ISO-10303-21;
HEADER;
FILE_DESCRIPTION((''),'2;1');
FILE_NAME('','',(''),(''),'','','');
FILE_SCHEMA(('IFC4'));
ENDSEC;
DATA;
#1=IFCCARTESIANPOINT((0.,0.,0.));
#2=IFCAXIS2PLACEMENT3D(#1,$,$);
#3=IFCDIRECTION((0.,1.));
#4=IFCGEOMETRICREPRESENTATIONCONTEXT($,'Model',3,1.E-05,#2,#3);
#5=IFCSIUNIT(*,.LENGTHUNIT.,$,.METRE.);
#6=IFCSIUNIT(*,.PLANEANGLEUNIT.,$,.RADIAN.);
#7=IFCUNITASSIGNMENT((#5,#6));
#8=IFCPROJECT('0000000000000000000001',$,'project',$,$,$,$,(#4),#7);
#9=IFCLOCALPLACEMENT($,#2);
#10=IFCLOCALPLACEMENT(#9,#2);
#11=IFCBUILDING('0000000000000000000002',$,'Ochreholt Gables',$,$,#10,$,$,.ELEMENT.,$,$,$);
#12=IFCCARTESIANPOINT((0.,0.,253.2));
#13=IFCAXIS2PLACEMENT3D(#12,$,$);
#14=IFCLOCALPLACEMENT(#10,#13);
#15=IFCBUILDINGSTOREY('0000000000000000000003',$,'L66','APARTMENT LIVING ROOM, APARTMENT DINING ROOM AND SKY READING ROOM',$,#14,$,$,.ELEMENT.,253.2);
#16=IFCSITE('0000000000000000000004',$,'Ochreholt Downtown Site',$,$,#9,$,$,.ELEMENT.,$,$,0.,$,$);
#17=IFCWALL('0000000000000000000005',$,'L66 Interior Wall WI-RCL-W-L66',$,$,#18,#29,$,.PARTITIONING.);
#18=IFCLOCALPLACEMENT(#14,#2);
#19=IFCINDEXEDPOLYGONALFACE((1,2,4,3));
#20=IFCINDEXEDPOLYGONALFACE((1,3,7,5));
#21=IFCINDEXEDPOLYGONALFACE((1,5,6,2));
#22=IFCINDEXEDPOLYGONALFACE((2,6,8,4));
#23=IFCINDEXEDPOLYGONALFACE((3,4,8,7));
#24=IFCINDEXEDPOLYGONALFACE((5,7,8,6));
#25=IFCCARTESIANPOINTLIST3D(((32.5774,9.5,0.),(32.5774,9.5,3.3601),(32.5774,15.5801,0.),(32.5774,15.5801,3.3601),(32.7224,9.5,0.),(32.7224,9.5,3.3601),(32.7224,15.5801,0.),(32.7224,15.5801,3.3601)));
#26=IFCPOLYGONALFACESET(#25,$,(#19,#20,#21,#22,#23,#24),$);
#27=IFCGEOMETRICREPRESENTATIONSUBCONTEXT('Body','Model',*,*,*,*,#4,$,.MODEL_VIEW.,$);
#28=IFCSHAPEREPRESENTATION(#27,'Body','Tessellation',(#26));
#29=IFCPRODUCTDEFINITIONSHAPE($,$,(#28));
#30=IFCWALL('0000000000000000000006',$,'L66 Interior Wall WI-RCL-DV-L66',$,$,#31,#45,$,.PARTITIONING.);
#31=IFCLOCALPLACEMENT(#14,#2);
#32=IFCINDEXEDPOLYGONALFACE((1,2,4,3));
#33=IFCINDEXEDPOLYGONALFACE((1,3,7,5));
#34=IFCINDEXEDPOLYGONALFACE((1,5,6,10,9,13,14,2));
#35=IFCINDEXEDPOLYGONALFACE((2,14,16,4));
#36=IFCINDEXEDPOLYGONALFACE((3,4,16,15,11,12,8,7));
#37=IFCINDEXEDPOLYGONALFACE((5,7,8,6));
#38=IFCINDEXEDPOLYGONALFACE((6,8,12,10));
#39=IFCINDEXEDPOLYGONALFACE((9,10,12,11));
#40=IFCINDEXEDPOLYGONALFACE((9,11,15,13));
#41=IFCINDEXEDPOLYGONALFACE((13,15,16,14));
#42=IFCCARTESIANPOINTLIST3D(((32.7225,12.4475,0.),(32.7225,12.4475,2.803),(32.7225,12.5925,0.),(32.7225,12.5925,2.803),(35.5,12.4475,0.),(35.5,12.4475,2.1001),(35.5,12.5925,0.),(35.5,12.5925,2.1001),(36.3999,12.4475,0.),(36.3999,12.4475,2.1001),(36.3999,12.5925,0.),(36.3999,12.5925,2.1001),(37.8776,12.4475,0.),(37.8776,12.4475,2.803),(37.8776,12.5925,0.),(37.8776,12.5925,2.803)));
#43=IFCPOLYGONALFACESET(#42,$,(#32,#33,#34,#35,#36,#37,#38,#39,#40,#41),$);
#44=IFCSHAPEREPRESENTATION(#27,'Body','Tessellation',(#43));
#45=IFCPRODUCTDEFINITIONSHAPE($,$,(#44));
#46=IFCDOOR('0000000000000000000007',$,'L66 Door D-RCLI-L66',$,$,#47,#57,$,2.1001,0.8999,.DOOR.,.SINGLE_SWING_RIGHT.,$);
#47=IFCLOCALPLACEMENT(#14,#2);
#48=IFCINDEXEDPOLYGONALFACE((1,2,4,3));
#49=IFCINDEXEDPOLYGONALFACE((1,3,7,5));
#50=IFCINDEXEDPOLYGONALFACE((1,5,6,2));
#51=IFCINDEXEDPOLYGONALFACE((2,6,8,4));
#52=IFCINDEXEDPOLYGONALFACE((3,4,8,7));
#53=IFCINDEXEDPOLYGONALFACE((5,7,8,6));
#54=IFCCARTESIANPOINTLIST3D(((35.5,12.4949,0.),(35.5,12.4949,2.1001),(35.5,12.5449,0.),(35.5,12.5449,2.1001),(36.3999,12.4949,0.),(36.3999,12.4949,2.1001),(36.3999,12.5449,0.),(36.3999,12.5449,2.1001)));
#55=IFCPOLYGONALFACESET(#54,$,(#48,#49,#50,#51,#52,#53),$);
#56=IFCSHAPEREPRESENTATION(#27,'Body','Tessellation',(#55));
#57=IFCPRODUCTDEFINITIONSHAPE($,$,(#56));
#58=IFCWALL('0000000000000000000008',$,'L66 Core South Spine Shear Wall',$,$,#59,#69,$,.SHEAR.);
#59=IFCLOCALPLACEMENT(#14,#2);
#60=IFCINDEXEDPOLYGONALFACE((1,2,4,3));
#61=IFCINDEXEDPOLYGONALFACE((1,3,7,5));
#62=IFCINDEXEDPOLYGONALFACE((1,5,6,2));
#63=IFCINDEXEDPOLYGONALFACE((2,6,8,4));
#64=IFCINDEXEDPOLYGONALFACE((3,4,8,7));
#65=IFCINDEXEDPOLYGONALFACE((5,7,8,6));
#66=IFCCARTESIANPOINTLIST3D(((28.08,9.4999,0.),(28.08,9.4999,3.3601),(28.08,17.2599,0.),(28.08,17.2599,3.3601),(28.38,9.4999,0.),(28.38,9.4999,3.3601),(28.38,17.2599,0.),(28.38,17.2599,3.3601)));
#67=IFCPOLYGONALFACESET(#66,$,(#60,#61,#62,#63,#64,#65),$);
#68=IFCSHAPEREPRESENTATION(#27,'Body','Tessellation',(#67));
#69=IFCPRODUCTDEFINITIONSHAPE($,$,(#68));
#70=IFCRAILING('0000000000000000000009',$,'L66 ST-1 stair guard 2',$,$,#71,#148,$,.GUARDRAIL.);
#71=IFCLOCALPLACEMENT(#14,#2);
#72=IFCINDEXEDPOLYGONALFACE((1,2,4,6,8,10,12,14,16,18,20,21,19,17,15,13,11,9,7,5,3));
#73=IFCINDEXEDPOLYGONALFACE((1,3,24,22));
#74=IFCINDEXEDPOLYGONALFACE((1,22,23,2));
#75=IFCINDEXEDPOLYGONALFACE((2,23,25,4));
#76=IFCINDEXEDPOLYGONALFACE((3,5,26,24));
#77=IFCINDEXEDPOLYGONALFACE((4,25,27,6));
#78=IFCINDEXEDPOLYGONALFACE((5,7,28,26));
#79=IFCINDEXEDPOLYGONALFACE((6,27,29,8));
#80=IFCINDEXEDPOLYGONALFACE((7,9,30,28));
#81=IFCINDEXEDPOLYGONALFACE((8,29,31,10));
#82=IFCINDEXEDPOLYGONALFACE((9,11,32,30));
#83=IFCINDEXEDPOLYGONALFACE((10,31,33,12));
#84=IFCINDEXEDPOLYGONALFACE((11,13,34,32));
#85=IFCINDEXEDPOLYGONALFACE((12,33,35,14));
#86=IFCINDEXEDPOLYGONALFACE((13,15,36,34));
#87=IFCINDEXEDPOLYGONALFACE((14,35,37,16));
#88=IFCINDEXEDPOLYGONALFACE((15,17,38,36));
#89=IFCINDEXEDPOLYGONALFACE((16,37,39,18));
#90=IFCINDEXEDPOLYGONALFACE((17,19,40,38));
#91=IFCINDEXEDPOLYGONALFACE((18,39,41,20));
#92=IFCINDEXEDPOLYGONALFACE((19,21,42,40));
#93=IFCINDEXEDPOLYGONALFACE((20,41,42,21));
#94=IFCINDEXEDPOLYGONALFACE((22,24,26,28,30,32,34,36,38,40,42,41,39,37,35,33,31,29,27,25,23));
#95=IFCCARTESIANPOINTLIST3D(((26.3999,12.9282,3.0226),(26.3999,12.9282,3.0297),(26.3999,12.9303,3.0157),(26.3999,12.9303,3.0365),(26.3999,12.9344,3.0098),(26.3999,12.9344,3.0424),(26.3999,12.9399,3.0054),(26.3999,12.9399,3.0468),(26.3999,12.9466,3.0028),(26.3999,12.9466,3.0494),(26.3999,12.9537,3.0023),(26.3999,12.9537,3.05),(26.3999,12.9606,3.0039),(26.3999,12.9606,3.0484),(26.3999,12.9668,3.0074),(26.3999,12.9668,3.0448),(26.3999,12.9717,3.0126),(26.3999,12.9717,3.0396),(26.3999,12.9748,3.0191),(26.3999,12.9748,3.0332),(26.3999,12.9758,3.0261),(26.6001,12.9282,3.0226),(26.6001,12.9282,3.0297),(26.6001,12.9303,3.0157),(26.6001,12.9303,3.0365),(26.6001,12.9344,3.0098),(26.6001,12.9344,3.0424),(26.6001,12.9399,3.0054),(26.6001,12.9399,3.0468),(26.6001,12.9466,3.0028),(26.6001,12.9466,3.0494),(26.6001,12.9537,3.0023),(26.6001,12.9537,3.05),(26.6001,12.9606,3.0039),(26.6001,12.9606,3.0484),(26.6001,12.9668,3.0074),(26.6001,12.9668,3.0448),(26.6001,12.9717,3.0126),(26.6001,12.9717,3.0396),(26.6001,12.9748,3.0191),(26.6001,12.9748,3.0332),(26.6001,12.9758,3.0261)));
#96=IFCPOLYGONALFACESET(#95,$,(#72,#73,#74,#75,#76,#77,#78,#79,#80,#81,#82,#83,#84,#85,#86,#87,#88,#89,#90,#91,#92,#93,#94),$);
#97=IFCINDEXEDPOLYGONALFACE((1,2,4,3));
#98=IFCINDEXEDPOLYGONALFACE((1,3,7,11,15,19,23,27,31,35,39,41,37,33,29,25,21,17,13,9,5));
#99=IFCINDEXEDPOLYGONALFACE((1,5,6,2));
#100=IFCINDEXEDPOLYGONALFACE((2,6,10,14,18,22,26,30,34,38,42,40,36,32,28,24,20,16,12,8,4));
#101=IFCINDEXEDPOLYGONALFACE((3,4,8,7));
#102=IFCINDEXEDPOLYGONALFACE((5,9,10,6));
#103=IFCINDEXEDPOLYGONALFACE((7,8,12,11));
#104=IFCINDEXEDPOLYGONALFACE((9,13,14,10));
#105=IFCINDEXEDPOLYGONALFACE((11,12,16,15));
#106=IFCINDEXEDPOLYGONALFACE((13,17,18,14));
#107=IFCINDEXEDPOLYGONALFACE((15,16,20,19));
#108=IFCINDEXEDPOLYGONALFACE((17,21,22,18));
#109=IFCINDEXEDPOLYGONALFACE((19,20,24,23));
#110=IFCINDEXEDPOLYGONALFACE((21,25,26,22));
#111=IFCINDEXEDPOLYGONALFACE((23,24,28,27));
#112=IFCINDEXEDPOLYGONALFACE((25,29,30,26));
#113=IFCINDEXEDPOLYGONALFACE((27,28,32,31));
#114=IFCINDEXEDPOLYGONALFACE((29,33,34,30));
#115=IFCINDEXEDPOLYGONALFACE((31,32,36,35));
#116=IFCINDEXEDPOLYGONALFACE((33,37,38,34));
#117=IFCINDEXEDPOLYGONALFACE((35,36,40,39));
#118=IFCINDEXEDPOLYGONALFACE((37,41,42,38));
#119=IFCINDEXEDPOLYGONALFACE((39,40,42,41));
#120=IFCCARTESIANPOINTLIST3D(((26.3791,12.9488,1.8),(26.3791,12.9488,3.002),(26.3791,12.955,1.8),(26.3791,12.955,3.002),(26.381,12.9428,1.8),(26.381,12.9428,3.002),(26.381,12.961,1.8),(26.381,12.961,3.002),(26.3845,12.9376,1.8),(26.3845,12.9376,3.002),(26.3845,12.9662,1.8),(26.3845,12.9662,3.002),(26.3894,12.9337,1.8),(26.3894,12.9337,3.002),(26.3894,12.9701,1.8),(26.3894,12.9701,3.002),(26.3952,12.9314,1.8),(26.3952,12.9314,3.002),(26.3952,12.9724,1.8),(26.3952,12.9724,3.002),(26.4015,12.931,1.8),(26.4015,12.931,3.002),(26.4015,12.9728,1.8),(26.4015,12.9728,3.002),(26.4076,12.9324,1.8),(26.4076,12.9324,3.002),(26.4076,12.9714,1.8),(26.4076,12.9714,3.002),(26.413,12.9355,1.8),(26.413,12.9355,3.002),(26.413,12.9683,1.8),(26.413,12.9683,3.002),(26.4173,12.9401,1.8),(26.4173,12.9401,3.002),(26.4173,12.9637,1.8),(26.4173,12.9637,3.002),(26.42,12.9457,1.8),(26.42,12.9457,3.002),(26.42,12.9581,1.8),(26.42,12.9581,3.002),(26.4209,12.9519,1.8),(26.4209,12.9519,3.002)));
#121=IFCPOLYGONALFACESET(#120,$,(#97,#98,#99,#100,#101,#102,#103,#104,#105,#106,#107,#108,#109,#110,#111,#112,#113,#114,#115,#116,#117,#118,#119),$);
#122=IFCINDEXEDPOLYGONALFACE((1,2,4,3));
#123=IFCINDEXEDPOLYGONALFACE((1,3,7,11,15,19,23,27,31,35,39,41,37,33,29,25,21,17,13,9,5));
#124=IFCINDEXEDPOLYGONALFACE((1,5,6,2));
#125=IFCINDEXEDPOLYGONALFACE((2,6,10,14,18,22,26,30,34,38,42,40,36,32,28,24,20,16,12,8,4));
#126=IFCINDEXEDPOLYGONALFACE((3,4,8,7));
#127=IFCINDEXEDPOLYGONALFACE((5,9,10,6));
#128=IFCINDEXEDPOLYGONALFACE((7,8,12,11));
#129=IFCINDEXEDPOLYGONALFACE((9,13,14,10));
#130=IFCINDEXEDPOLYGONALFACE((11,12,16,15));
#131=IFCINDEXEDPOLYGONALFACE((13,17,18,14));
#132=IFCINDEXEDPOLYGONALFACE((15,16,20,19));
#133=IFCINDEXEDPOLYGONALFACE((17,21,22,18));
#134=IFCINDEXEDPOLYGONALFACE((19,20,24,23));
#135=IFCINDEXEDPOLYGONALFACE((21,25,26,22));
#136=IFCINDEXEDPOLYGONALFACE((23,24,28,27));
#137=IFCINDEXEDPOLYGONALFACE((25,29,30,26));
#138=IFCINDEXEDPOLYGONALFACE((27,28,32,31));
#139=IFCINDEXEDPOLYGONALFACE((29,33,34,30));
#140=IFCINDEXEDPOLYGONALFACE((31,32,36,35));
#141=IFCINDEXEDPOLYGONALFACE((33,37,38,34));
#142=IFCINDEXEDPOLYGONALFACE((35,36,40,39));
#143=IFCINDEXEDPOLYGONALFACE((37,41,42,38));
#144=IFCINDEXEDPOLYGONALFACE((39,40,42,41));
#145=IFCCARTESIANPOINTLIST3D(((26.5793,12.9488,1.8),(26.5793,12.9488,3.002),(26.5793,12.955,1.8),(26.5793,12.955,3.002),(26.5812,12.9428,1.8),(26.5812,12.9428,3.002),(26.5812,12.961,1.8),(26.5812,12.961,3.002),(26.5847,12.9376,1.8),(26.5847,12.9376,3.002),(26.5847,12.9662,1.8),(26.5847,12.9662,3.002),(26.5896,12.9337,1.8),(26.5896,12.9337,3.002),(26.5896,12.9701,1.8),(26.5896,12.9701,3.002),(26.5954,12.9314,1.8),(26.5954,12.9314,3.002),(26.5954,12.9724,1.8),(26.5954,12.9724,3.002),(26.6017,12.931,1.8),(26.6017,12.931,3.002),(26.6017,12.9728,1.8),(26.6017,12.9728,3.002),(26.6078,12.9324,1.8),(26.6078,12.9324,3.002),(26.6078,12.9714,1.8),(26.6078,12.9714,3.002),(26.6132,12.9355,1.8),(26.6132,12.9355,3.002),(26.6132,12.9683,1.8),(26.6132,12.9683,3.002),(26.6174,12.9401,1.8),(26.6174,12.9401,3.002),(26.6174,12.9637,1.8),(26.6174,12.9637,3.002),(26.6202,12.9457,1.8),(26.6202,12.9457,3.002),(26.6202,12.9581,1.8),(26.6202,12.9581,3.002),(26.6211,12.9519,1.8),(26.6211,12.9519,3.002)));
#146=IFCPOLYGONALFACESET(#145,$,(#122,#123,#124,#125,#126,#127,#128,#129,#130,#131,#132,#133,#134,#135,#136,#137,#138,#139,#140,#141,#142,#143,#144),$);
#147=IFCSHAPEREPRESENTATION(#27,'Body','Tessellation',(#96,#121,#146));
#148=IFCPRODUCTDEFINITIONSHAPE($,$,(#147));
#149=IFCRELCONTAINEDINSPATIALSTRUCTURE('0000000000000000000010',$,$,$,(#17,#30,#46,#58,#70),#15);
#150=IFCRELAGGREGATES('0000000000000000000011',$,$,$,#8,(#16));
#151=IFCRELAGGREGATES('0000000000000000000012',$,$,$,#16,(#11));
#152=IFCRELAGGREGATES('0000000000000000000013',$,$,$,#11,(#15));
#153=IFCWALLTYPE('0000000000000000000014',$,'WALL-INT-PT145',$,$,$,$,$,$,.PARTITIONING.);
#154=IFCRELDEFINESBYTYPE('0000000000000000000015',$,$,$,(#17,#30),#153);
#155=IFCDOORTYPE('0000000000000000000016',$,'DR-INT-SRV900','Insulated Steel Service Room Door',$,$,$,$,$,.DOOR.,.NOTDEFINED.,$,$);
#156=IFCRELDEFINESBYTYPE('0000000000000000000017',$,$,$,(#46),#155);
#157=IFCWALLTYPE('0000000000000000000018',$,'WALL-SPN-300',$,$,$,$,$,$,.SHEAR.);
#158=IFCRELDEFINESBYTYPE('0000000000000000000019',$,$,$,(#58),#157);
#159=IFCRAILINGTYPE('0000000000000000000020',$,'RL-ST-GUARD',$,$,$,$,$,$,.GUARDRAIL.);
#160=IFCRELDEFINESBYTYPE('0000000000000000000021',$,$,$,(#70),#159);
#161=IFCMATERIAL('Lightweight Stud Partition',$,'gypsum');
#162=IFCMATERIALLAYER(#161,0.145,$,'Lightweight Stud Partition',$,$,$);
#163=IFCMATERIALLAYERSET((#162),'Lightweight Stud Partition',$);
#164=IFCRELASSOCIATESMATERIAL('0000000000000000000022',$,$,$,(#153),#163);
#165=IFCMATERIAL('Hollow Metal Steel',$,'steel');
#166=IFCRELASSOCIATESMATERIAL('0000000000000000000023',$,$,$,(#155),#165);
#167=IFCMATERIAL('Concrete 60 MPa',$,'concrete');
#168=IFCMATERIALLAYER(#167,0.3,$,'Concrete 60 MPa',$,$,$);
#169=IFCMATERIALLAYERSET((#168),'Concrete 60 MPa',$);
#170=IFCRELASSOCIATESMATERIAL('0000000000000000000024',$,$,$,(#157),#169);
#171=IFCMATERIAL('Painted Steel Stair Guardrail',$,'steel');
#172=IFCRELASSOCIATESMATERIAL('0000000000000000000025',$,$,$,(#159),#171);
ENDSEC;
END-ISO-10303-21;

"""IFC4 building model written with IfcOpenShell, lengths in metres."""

from ifc_helpers import new_model, si_unit, direction, frame, frame_2d, origin, origin_2d, place, context, subcontext, project, spatial, rectangle, circle, extrude, material, layer, layer_set, type_object, element, fill, save


model = new_model("IFC4")

# Units and contexts
model_context = context("Model", 3, precision=1e-05, world=origin(), true_north=direction((0.0, 1.0)))
body_context = subcontext(model_context, "Body", "Model", "MODEL_VIEW")
ifc_project = project(units=[si_unit("LENGTHUNIT", "METRE"), si_unit("PLANEANGLEUNIT", "RADIAN")], contexts=[model_context])

# Site, building, storey
site_placement = place(None, origin())
site = spatial("IfcSite", under=ifc_project, at=site_placement, Name="Ochreholt Downtown Site", CompositionType="ELEMENT", RefElevation=0.0)
building_placement = place(site_placement, origin())
building = spatial("IfcBuilding", under=site, at=building_placement, Name="Ochreholt Gables", CompositionType="ELEMENT")
storey_placement = place(building_placement, frame((0.0, 0.0, 253.2)))
storey = spatial("IfcBuildingStorey", under=building, at=storey_placement, Name="L66", Description="APARTMENT LIVING ROOM, APARTMENT DINING ROOM AND SKY READING ROOM", CompositionType="ELEMENT", Elevation=253.2)

# Wall
ifc_material_1 = material(Name="Lightweight Stud Partition", Category="gypsum")
ifc_layer_1 = layer(ifc_material_1, 0.145, Name="Lightweight Stud Partition")
ifc_layer_set_1 = layer_set([ifc_layer_1], Name="Lightweight Stud Partition")
wall_type_1 = type_object("IfcWallType", Name="WALL-INT-PT145", PredefinedType="PARTITIONING", material=ifc_layer_set_1)
wall_1_placement = place(storey_placement, frame((32.6499, 9.5, 0.0), z_axis=(0.0, 0.0, 1.0), x_axis=(0.0, 1.0, 0.0)))
element("IfcWall", 1, at=wall_1_placement, inside=storey, type_object=wall_type_1, Name="L66 Interior Wall WI-RCL-W-L66", PredefinedType="PARTITIONING", context=body_context, shape_type="SweptSolid", body=[
    extrude(rectangle(XDim=6.0801, YDim=0.145, at=frame_2d((3.04, 0.0))), origin(), (0.0, 0.0, 1.0), 3.3601),
])

# Wall, opening, door
wall_2_placement = place(storey_placement, frame((32.7224, 12.52, 0.0), z_axis=(0.0, 0.0, 1.0), x_axis=(1.0, 0.0, 0.0)))
wall_2 = element("IfcWall", 2, at=wall_2_placement, inside=storey, type_object=wall_type_1, Name="L66 Interior Wall WI-RCL-DV-L66", PredefinedType="PARTITIONING", context=body_context, shape_type="SweptSolid", body=[
    extrude(rectangle(XDim=5.155, YDim=0.145, at=frame_2d((2.5776, 0.0))), origin(), (0.0, 0.0, 1.0), 2.803),
])
opening_1_placement = place(wall_2_placement, frame((2.7776, 0.0, 0.0)))
opening_1 = element("IfcOpeningElement", 3, at=opening_1_placement, cuts=wall_2, PredefinedType="OPENING", context=body_context, shape_type="SweptSolid", body=[
    extrude(rectangle(XDim=0.8999, YDim=2.1001, at=frame_2d((0.45, 1.05))), frame((0.0, 0.0825, 0.0), z_axis=(0.0, -1.0, 0.0), x_axis=(1.0, 0.0, 0.0)), (0.0, 0.0, 1.0), 0.165),
])
ifc_material_2 = material(Name="Hollow Metal Steel", Category="steel")
door_type = type_object("IfcDoorType", Name="DR-INT-SRV900", Description="Insulated Steel Service Room Door", OperationType="NOTDEFINED", PredefinedType="DOOR", material=ifc_material_2)
door_placement = place(opening_1_placement, origin())
door = element("IfcDoor", 4, at=door_placement, inside=storey, type_object=door_type, Name="L66 Door D-RCLI-L66", OperationType="SINGLE_SWING_RIGHT", OverallHeight=2.1001, OverallWidth=0.8999, PredefinedType="DOOR", context=body_context, shape_type="SweptSolid", body=[
    extrude(rectangle(XDim=0.8999, YDim=2.1001, at=frame_2d((0.45, 1.05))), frame((0.0, 0.0249, 0.0), z_axis=(0.0, -1.0, 0.0), x_axis=(1.0, 0.0, 0.0)), (0.0, 0.0, 1.0), 0.05),
])
fill(opening_1, door)

# Wall
ifc_material_3 = material(Name="Concrete 60 MPa", Category="concrete")
ifc_layer_2 = layer(ifc_material_3, 0.3, Name="Concrete 60 MPa")
ifc_layer_set_2 = layer_set([ifc_layer_2], Name="Concrete 60 MPa")
wall_type_2 = type_object("IfcWallType", Name="WALL-SPN-300", PredefinedType="SHEAR", material=ifc_layer_set_2)
wall_3_placement = place(storey_placement, frame((28.23, 9.5, 0.0), z_axis=(0.0, 0.0, 1.0), x_axis=(0.0, 1.0, 0.0)))
element("IfcWall", 5, at=wall_3_placement, inside=storey, type_object=wall_type_2, Name="L66 Core South Spine Shear Wall", PredefinedType="SHEAR", context=body_context, shape_type="SweptSolid", body=[
    extrude(rectangle(XDim=7.76, YDim=0.3, at=frame_2d((3.8799, 0.0))), origin(), (0.0, 0.0, 1.0), 3.3601),
])

# Railing
ifc_material_4 = material(Name="Painted Steel Stair Guardrail", Category="steel")
railing_type = type_object("IfcRailingType", Name="RL-ST-GUARD", PredefinedType="GUARDRAIL", material=ifc_material_4)
railing_1_placement = place(storey_placement, frame((26.3999, 12.9519, 1.8)))
element("IfcRailing", 6, at=railing_1_placement, inside=storey, type_object=railing_type, Name="L66 ST-1 stair guard 2", PredefinedType="GUARDRAIL", context=body_context, shape_type="SweptSolid", body=[
    extrude(circle(Radius=0.0239, at=origin_2d()), frame((0.0, 0.0, 1.2261), z_axis=(1.0, 0.0, 0.0), x_axis=(0.0, 1.0, 0.0)), (0.0, 0.0, 1.0), 0.2002),
    extrude(circle(Radius=0.021, at=origin_2d()), origin(), (0.0, 0.0, 1.0), 1.2019),
    extrude(circle(Radius=0.021, at=origin_2d()), frame((0.2002, 0.0, 0.0)), (0.0, 0.0, 1.0), 1.2019),
])

save(model, "model.ifc")
